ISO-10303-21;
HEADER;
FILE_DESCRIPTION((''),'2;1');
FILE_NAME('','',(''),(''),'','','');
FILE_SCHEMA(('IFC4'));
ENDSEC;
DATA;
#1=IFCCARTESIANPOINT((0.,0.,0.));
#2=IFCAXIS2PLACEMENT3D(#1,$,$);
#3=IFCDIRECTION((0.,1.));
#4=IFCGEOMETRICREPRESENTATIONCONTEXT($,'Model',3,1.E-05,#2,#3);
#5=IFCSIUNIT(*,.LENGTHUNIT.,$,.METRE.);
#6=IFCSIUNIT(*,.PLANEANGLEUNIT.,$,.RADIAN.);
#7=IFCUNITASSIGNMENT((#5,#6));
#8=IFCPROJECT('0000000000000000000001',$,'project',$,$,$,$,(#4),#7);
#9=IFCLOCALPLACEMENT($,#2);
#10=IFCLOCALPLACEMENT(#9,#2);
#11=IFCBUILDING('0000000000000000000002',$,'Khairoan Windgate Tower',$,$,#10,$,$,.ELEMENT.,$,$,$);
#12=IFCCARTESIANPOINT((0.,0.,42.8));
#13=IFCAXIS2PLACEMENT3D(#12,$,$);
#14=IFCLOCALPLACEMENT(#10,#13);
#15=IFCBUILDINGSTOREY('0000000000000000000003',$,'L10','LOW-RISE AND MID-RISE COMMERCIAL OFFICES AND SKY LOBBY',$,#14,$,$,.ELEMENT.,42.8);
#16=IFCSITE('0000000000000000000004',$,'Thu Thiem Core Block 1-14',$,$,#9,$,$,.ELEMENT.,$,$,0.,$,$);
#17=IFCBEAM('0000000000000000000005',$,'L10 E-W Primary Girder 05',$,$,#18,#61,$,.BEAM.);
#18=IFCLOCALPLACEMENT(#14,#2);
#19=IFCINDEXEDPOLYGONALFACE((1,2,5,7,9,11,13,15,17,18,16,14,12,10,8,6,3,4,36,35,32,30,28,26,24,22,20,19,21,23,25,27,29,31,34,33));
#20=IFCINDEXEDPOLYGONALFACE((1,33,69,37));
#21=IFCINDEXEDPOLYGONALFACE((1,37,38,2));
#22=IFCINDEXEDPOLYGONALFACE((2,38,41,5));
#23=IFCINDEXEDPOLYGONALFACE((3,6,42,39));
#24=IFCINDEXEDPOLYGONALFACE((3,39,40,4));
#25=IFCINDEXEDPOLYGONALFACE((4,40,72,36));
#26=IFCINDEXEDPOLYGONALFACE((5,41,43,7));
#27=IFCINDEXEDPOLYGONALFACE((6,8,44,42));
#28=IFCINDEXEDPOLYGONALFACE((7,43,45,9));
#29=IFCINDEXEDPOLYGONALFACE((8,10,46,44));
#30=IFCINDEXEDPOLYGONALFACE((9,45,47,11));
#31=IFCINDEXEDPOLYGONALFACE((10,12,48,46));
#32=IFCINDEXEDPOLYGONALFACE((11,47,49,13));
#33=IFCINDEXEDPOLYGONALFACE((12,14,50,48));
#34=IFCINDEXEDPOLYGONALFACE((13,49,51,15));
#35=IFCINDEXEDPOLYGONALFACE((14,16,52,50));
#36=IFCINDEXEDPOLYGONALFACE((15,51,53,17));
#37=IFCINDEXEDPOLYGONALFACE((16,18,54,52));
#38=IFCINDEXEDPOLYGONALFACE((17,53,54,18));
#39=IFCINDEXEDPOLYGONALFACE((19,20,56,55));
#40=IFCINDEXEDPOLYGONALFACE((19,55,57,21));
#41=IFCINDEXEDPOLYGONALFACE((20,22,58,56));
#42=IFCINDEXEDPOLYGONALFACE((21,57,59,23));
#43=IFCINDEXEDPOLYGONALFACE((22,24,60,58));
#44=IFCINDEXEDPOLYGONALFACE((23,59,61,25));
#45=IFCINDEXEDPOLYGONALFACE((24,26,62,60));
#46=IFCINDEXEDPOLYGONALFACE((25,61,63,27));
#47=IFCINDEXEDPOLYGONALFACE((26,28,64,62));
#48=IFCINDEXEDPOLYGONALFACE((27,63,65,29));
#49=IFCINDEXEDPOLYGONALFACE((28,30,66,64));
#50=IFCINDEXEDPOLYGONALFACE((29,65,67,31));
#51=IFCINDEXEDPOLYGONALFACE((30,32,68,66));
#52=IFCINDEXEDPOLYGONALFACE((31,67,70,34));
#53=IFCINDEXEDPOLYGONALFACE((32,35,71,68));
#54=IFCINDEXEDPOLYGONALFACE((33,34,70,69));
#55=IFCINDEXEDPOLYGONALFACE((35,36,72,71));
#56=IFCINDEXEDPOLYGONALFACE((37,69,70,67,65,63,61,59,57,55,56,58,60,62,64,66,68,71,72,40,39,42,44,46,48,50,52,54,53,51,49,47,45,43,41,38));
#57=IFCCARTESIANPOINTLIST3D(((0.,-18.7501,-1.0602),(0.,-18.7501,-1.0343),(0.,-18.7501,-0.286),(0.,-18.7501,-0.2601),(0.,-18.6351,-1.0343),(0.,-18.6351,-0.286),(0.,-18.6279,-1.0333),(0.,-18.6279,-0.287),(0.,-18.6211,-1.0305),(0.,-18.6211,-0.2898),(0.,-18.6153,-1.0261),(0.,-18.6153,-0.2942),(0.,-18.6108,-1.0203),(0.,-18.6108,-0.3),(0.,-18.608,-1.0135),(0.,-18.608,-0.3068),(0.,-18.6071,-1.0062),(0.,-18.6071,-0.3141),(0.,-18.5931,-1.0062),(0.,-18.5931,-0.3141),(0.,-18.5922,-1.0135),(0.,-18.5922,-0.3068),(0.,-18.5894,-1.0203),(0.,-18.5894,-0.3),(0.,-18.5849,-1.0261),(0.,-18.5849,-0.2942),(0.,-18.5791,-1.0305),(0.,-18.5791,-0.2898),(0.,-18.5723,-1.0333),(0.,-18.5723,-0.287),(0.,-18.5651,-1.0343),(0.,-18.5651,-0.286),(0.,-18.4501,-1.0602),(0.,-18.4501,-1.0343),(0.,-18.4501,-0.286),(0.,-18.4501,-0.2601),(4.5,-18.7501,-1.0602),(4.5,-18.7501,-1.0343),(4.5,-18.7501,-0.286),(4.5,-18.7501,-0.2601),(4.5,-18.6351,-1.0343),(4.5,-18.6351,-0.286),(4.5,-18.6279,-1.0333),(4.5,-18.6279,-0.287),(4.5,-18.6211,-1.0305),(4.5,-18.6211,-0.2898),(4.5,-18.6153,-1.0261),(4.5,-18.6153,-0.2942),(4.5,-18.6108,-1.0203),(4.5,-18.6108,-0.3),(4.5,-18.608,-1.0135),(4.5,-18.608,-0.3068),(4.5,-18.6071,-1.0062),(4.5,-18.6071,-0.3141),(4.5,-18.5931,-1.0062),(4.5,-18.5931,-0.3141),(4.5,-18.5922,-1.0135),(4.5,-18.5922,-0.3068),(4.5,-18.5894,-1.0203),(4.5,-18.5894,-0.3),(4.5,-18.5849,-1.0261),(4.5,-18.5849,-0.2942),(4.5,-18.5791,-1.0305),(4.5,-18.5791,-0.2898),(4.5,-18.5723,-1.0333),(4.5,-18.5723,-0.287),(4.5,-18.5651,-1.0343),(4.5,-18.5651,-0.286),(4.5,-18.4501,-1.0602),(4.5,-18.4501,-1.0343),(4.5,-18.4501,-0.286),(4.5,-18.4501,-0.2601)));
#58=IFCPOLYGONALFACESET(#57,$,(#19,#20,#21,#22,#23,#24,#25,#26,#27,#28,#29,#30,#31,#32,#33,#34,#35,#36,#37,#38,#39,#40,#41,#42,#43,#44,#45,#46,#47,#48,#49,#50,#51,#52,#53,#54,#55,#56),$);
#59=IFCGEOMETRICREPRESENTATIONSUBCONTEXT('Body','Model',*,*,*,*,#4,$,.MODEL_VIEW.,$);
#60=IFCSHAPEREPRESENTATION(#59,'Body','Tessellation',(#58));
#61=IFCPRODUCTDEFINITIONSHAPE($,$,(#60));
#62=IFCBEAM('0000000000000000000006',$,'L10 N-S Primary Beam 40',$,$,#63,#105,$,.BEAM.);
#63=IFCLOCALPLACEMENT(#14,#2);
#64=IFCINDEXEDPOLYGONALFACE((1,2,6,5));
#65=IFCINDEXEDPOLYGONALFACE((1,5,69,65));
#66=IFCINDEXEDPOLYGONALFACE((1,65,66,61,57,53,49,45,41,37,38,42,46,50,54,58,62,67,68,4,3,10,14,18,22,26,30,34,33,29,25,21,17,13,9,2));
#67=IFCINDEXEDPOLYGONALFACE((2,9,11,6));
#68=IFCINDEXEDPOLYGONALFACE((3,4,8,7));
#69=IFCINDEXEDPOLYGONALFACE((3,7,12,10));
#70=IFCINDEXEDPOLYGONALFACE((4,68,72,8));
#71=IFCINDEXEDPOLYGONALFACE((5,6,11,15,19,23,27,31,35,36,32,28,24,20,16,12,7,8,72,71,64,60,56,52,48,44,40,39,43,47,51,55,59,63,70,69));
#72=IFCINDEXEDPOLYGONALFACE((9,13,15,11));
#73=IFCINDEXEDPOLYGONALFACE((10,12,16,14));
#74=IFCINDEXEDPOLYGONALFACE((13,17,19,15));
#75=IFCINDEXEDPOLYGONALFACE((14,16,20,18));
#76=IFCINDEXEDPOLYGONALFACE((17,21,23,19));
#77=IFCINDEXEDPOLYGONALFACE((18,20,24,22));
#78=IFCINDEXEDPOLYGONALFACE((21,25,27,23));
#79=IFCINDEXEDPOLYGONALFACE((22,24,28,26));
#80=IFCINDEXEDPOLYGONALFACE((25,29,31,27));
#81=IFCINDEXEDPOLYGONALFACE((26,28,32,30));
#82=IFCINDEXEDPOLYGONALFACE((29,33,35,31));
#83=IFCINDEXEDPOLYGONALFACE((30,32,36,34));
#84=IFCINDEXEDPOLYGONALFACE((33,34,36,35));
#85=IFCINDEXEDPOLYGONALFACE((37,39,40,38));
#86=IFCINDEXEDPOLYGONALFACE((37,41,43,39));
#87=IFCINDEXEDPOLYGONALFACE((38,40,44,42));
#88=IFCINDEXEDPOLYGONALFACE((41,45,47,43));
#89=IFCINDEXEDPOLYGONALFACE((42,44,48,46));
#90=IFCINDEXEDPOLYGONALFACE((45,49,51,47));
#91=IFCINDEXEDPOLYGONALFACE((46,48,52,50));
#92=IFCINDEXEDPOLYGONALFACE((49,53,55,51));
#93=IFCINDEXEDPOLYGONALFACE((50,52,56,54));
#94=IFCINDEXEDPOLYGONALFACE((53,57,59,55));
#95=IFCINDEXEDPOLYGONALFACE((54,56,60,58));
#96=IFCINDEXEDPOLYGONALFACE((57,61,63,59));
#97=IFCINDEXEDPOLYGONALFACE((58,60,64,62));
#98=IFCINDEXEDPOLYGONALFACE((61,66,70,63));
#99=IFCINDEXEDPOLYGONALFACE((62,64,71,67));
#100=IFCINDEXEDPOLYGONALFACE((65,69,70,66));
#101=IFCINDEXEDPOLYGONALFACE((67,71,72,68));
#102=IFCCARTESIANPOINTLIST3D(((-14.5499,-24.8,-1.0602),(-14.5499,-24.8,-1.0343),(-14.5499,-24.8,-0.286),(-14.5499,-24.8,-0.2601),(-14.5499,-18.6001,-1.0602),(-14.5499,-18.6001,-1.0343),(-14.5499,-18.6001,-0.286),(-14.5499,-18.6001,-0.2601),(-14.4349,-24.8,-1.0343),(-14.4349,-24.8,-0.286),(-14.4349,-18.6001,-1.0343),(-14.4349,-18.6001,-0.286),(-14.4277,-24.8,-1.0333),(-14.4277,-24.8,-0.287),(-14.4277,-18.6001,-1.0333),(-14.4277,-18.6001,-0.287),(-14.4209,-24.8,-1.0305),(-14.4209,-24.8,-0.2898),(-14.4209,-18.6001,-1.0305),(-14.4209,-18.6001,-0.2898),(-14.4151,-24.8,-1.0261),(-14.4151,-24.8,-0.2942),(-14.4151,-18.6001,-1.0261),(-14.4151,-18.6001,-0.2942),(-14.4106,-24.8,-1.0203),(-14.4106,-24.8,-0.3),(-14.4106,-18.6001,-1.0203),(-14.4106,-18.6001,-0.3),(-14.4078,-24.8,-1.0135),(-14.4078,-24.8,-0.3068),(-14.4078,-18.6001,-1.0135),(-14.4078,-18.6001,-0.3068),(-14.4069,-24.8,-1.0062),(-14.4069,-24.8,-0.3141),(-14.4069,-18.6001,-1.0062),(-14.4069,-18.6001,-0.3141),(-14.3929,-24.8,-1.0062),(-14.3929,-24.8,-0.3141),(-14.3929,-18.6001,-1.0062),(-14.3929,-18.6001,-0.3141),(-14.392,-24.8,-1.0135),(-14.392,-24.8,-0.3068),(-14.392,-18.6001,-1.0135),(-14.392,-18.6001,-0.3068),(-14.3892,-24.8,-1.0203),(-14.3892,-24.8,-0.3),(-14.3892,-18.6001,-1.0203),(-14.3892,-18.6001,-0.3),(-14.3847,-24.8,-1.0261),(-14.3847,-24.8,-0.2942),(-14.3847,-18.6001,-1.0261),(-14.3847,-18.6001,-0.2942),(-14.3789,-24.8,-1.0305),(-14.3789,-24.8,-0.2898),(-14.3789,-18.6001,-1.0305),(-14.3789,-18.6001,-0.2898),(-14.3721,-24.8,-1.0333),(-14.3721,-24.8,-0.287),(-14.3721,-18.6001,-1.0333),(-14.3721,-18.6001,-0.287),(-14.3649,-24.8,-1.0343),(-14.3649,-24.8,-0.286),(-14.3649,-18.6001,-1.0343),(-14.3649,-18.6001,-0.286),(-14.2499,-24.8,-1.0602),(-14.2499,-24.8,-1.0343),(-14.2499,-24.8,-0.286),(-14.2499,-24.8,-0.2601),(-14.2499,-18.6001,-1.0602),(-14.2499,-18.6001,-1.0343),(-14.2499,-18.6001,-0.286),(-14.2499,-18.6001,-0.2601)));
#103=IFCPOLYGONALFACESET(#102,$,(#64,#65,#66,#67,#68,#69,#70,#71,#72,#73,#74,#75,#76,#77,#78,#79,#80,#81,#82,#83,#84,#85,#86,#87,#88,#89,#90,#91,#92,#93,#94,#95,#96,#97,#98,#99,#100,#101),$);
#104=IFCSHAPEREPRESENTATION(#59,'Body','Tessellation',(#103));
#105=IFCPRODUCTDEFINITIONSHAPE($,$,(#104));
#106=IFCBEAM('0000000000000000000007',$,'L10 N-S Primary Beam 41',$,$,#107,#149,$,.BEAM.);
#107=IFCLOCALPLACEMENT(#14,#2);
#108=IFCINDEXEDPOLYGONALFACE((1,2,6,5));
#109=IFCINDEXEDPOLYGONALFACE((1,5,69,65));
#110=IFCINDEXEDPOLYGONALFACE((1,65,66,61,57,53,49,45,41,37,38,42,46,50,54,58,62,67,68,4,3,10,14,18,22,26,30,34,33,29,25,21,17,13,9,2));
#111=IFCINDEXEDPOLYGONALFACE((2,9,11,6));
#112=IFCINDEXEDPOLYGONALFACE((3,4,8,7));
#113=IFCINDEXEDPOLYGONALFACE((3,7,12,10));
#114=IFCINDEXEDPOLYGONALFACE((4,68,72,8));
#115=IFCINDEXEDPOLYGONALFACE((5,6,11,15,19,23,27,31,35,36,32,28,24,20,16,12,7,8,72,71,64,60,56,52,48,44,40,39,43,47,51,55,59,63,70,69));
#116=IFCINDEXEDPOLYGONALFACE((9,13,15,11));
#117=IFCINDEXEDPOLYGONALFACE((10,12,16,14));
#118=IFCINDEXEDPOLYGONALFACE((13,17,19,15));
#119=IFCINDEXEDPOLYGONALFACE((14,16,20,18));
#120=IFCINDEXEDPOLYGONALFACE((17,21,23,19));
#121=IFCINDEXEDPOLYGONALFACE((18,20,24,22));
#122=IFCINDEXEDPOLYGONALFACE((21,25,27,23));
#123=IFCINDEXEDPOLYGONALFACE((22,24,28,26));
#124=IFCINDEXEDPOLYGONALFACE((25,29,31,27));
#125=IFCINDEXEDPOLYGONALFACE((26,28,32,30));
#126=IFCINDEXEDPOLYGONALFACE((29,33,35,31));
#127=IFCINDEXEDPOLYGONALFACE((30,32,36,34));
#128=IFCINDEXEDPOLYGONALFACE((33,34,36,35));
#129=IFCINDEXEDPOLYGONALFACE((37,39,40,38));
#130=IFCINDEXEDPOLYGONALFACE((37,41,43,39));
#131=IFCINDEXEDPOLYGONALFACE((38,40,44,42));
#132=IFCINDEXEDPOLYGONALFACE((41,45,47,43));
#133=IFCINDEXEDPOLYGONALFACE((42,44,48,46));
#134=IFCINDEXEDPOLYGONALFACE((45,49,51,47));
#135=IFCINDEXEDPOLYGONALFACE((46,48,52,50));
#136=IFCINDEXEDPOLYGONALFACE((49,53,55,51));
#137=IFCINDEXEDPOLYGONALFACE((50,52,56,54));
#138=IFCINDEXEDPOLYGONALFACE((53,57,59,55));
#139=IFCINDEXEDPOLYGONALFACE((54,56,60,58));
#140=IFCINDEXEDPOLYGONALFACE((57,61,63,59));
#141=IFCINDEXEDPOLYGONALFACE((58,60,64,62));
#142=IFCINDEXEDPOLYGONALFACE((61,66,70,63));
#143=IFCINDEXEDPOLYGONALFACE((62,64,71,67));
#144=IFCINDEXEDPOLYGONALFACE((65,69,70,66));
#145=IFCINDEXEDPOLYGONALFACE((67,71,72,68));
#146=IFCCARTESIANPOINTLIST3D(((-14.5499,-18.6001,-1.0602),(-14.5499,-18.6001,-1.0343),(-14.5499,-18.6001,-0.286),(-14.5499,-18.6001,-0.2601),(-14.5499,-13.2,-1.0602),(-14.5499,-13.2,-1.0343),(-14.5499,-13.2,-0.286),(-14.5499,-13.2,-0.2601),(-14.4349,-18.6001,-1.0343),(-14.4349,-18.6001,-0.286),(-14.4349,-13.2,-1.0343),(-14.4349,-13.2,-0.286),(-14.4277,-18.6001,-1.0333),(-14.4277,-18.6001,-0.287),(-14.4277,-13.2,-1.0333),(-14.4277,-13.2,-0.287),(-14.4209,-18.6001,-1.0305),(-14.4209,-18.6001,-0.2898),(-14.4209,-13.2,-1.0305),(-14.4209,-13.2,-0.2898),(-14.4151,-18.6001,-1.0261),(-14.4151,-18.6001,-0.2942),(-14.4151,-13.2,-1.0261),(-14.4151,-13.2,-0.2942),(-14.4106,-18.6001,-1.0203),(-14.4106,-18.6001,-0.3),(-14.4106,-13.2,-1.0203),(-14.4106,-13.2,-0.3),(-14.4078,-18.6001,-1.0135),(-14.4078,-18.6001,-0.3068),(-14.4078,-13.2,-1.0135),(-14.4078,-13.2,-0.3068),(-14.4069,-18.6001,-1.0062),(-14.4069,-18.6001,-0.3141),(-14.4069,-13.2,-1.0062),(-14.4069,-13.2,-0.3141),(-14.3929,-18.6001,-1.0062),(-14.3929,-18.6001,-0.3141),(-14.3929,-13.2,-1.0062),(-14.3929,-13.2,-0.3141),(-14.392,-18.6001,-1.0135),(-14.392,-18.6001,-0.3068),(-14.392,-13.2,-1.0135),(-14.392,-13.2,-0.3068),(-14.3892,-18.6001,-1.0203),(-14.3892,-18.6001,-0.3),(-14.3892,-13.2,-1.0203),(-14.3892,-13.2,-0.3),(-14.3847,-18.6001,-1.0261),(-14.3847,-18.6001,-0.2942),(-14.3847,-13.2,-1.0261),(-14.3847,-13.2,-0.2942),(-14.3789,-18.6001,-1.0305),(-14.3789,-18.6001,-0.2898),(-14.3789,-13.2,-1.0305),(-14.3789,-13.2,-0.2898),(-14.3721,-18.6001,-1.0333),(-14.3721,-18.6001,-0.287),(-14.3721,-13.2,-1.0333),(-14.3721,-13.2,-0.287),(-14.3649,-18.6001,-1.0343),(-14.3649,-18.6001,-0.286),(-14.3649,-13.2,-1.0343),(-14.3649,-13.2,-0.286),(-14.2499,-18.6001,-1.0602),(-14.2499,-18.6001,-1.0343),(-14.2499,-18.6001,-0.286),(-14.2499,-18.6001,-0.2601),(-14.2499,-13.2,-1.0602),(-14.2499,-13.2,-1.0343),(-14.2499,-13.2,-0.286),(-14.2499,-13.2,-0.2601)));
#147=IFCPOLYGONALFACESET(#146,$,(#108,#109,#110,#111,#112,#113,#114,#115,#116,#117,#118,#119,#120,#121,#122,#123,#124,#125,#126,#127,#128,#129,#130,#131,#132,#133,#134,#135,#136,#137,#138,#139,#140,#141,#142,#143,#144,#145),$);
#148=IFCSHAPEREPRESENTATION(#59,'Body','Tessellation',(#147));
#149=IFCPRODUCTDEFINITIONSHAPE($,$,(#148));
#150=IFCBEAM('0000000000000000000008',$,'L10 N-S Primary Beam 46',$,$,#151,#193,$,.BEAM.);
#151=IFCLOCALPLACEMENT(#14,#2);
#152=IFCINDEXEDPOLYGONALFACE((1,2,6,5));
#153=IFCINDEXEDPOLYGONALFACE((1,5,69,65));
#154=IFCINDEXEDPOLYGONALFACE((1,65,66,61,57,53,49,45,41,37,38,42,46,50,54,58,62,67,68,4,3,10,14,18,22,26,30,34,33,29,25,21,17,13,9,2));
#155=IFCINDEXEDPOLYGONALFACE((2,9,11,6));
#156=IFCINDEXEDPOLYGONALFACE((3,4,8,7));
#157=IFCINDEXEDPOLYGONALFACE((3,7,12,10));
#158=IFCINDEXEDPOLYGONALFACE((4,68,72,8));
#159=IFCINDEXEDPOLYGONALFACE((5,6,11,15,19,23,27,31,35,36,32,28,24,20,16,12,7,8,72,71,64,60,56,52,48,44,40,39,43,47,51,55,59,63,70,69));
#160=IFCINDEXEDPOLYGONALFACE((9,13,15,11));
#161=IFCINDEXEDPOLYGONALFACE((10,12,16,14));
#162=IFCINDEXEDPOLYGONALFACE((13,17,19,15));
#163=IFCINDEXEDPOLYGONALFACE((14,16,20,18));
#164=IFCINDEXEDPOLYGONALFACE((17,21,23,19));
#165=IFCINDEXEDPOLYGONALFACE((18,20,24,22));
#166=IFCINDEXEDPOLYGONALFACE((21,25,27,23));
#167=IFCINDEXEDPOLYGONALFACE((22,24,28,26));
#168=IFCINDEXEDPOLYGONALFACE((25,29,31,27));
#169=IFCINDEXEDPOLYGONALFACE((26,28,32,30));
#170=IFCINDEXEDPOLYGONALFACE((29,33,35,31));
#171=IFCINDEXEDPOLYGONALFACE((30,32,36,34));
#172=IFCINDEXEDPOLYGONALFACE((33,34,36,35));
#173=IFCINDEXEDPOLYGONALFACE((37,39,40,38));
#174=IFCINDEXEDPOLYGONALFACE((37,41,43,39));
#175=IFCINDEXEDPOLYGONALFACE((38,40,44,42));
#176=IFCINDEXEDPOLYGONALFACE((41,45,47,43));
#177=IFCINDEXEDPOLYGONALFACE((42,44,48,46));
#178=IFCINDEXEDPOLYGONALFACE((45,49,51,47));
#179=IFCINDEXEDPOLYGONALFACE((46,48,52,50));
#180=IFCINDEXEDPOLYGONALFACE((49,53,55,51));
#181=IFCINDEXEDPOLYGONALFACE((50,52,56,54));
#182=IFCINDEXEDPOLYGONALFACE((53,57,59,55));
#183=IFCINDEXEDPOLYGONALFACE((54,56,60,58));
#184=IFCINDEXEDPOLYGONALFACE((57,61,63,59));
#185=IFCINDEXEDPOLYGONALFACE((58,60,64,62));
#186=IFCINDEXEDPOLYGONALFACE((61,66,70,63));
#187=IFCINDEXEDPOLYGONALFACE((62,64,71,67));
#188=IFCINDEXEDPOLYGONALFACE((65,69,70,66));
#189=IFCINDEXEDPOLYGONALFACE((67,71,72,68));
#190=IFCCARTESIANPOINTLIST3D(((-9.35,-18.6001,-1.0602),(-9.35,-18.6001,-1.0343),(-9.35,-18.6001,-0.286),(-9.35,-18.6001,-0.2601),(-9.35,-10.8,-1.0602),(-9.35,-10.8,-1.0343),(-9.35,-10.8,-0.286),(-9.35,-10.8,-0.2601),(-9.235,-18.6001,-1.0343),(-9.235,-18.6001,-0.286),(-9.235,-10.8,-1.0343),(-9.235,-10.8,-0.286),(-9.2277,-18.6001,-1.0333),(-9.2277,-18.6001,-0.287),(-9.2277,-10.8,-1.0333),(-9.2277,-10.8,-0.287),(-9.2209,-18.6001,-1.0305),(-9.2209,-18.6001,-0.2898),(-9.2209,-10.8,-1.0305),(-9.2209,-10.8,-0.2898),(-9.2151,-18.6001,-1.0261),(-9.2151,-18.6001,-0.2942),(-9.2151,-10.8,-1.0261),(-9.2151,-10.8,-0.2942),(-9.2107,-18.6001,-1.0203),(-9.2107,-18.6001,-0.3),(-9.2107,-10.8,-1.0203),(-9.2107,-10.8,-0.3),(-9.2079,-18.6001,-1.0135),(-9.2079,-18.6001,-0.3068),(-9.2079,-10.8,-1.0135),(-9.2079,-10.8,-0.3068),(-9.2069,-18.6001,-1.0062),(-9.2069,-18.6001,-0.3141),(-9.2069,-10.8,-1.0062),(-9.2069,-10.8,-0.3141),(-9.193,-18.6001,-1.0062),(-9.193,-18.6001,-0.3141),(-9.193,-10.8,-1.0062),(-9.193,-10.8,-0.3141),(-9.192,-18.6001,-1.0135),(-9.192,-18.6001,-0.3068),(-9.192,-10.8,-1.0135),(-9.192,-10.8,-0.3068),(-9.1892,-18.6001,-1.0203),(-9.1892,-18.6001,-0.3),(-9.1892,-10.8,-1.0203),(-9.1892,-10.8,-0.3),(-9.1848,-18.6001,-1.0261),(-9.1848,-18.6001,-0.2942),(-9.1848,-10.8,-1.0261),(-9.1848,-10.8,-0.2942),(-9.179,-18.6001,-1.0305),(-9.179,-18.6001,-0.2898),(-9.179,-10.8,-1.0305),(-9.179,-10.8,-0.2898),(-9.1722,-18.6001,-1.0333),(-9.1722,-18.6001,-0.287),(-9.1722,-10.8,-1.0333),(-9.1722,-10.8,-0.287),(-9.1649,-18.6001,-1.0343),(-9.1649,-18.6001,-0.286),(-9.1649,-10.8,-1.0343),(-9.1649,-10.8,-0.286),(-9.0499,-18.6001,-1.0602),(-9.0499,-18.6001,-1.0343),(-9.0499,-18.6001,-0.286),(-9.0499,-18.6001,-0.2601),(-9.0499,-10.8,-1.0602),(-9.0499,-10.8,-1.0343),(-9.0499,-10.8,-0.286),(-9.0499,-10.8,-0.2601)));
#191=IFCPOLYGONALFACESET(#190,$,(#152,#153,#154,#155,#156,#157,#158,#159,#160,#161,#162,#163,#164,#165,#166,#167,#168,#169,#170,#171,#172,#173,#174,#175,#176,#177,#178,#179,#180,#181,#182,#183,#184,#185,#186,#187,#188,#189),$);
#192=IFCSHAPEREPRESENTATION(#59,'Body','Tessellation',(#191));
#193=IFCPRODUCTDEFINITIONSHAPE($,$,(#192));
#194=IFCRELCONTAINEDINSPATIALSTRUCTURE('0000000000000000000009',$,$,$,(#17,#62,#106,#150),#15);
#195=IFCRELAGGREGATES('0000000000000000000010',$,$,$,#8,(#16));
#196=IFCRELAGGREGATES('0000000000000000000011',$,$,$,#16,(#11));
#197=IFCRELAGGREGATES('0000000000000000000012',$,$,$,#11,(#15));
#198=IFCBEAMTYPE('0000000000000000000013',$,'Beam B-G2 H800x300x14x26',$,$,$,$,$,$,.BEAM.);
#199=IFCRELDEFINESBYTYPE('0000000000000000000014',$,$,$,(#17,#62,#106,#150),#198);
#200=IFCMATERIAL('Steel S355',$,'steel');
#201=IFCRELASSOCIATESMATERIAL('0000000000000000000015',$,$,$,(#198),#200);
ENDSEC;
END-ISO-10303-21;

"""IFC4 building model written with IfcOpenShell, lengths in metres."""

from ifc_helpers import new_model, si_unit, direction, frame, origin, origin_2d, place, context, subcontext, project, spatial, i_section, extrude, material, material_profile, profile_set, type_object, element, save


model = new_model("IFC4")

# Units and contexts
model_context = context("Model", 3, precision=1e-05, world=origin(), true_north=direction((0.0, 1.0)))
body_context = subcontext(model_context, "Body", "Model", "MODEL_VIEW")
ifc_project = project(units=[si_unit("LENGTHUNIT", "METRE"), si_unit("PLANEANGLEUNIT", "RADIAN")], contexts=[model_context])

# Site, building, storey
site_placement = place(None, origin())
site = spatial("IfcSite", under=ifc_project, at=site_placement, Name="Thu Thiem Core Block 1-14", CompositionType="ELEMENT", RefElevation=0.0)
building_placement = place(site_placement, origin())
building = spatial("IfcBuilding", under=site, at=building_placement, Name="Khairoan Windgate Tower", CompositionType="ELEMENT")
storey_placement = place(building_placement, frame((0.0, 0.0, 42.8)))
storey = spatial("IfcBuildingStorey", under=building, at=storey_placement, Name="L10", Description="LOW-RISE AND MID-RISE COMMERCIAL OFFICES AND SKY LOBBY", CompositionType="ELEMENT", Elevation=42.8)

# Beams
ifc_material_1 = material(Name="Steel S355", Category="steel")
ifc_material_profile_1 = material_profile(ifc_material_1, i_section(OverallWidth=0.3, OverallDepth=0.8, WebThickness=0.0139, FlangeThickness=0.0259, FilletRadius=0.0281, at=origin_2d()))
ifc_profile_set_1 = profile_set([ifc_material_profile_1], Name="Steel S355")
beam_type_1 = type_object("IfcBeamType", Name="Beam B-G2 H800x300x14x26", PredefinedType="BEAM", material=ifc_profile_set_1)
for number, where, z_axis, x_axis, name in (
    (1, (0.0, -18.6001, -0.6602), (1.0, 0.0, 0.0), (0.0, 1.0, 0.0), "L10 E-W Primary Girder 05"),
):
    element("IfcBeam", number, at=place(storey_placement, frame(where, z_axis=z_axis, x_axis=x_axis)), inside=storey, type_object=beam_type_1, Name=name, PredefinedType="BEAM", context=body_context, shape_type="SweptSolid", body=[
        extrude(i_section(OverallWidth=0.3, OverallDepth=0.8, WebThickness=0.0139, FlangeThickness=0.0259, FilletRadius=0.0281, at=origin_2d()), origin(), (0.0, 0.0, 1.0), 4.5),
    ])
beam_1_placement = place(storey_placement, frame((-14.3999, -24.8, -0.6602), z_axis=(0.0, 1.0, 0.0), x_axis=(-1.0, 0.0, 0.0)))
element("IfcBeam", 2, at=beam_1_placement, inside=storey, type_object=beam_type_1, Name="L10 N-S Primary Beam 40", PredefinedType="BEAM", context=body_context, shape_type="SweptSolid", body=[
    extrude(i_section(OverallWidth=0.3, OverallDepth=0.8, WebThickness=0.0139, FlangeThickness=0.0259, FilletRadius=0.0281, at=origin_2d()), origin(), (0.0, 0.0, 1.0), 6.2),
])
beam_2_placement = place(storey_placement, frame((-14.3999, -18.6001, -0.6602), z_axis=(0.0, 1.0, 0.0), x_axis=(-1.0, 0.0, 0.0)))
element("IfcBeam", 3, at=beam_2_placement, inside=storey, type_object=beam_type_1, Name="L10 N-S Primary Beam 41", PredefinedType="BEAM", context=body_context, shape_type="SweptSolid", body=[
    extrude(i_section(OverallWidth=0.3, OverallDepth=0.8, WebThickness=0.0139, FlangeThickness=0.0259, FilletRadius=0.0281, at=origin_2d()), origin(), (0.0, 0.0, 1.0), 5.4001),
])
beam_3_placement = place(storey_placement, frame((-9.2, -18.6001, -0.6602), z_axis=(0.0, 1.0, 0.0), x_axis=(-1.0, 0.0, 0.0)))
element("IfcBeam", 4, at=beam_3_placement, inside=storey, type_object=beam_type_1, Name="L10 N-S Primary Beam 46", PredefinedType="BEAM", context=body_context, shape_type="SweptSolid", body=[
    extrude(i_section(OverallWidth=0.3, OverallDepth=0.8, WebThickness=0.0139, FlangeThickness=0.0259, FilletRadius=0.0281, at=origin_2d()), origin(), (0.0, 0.0, 1.0), 7.8),
])

save(model, "model.ifc")
